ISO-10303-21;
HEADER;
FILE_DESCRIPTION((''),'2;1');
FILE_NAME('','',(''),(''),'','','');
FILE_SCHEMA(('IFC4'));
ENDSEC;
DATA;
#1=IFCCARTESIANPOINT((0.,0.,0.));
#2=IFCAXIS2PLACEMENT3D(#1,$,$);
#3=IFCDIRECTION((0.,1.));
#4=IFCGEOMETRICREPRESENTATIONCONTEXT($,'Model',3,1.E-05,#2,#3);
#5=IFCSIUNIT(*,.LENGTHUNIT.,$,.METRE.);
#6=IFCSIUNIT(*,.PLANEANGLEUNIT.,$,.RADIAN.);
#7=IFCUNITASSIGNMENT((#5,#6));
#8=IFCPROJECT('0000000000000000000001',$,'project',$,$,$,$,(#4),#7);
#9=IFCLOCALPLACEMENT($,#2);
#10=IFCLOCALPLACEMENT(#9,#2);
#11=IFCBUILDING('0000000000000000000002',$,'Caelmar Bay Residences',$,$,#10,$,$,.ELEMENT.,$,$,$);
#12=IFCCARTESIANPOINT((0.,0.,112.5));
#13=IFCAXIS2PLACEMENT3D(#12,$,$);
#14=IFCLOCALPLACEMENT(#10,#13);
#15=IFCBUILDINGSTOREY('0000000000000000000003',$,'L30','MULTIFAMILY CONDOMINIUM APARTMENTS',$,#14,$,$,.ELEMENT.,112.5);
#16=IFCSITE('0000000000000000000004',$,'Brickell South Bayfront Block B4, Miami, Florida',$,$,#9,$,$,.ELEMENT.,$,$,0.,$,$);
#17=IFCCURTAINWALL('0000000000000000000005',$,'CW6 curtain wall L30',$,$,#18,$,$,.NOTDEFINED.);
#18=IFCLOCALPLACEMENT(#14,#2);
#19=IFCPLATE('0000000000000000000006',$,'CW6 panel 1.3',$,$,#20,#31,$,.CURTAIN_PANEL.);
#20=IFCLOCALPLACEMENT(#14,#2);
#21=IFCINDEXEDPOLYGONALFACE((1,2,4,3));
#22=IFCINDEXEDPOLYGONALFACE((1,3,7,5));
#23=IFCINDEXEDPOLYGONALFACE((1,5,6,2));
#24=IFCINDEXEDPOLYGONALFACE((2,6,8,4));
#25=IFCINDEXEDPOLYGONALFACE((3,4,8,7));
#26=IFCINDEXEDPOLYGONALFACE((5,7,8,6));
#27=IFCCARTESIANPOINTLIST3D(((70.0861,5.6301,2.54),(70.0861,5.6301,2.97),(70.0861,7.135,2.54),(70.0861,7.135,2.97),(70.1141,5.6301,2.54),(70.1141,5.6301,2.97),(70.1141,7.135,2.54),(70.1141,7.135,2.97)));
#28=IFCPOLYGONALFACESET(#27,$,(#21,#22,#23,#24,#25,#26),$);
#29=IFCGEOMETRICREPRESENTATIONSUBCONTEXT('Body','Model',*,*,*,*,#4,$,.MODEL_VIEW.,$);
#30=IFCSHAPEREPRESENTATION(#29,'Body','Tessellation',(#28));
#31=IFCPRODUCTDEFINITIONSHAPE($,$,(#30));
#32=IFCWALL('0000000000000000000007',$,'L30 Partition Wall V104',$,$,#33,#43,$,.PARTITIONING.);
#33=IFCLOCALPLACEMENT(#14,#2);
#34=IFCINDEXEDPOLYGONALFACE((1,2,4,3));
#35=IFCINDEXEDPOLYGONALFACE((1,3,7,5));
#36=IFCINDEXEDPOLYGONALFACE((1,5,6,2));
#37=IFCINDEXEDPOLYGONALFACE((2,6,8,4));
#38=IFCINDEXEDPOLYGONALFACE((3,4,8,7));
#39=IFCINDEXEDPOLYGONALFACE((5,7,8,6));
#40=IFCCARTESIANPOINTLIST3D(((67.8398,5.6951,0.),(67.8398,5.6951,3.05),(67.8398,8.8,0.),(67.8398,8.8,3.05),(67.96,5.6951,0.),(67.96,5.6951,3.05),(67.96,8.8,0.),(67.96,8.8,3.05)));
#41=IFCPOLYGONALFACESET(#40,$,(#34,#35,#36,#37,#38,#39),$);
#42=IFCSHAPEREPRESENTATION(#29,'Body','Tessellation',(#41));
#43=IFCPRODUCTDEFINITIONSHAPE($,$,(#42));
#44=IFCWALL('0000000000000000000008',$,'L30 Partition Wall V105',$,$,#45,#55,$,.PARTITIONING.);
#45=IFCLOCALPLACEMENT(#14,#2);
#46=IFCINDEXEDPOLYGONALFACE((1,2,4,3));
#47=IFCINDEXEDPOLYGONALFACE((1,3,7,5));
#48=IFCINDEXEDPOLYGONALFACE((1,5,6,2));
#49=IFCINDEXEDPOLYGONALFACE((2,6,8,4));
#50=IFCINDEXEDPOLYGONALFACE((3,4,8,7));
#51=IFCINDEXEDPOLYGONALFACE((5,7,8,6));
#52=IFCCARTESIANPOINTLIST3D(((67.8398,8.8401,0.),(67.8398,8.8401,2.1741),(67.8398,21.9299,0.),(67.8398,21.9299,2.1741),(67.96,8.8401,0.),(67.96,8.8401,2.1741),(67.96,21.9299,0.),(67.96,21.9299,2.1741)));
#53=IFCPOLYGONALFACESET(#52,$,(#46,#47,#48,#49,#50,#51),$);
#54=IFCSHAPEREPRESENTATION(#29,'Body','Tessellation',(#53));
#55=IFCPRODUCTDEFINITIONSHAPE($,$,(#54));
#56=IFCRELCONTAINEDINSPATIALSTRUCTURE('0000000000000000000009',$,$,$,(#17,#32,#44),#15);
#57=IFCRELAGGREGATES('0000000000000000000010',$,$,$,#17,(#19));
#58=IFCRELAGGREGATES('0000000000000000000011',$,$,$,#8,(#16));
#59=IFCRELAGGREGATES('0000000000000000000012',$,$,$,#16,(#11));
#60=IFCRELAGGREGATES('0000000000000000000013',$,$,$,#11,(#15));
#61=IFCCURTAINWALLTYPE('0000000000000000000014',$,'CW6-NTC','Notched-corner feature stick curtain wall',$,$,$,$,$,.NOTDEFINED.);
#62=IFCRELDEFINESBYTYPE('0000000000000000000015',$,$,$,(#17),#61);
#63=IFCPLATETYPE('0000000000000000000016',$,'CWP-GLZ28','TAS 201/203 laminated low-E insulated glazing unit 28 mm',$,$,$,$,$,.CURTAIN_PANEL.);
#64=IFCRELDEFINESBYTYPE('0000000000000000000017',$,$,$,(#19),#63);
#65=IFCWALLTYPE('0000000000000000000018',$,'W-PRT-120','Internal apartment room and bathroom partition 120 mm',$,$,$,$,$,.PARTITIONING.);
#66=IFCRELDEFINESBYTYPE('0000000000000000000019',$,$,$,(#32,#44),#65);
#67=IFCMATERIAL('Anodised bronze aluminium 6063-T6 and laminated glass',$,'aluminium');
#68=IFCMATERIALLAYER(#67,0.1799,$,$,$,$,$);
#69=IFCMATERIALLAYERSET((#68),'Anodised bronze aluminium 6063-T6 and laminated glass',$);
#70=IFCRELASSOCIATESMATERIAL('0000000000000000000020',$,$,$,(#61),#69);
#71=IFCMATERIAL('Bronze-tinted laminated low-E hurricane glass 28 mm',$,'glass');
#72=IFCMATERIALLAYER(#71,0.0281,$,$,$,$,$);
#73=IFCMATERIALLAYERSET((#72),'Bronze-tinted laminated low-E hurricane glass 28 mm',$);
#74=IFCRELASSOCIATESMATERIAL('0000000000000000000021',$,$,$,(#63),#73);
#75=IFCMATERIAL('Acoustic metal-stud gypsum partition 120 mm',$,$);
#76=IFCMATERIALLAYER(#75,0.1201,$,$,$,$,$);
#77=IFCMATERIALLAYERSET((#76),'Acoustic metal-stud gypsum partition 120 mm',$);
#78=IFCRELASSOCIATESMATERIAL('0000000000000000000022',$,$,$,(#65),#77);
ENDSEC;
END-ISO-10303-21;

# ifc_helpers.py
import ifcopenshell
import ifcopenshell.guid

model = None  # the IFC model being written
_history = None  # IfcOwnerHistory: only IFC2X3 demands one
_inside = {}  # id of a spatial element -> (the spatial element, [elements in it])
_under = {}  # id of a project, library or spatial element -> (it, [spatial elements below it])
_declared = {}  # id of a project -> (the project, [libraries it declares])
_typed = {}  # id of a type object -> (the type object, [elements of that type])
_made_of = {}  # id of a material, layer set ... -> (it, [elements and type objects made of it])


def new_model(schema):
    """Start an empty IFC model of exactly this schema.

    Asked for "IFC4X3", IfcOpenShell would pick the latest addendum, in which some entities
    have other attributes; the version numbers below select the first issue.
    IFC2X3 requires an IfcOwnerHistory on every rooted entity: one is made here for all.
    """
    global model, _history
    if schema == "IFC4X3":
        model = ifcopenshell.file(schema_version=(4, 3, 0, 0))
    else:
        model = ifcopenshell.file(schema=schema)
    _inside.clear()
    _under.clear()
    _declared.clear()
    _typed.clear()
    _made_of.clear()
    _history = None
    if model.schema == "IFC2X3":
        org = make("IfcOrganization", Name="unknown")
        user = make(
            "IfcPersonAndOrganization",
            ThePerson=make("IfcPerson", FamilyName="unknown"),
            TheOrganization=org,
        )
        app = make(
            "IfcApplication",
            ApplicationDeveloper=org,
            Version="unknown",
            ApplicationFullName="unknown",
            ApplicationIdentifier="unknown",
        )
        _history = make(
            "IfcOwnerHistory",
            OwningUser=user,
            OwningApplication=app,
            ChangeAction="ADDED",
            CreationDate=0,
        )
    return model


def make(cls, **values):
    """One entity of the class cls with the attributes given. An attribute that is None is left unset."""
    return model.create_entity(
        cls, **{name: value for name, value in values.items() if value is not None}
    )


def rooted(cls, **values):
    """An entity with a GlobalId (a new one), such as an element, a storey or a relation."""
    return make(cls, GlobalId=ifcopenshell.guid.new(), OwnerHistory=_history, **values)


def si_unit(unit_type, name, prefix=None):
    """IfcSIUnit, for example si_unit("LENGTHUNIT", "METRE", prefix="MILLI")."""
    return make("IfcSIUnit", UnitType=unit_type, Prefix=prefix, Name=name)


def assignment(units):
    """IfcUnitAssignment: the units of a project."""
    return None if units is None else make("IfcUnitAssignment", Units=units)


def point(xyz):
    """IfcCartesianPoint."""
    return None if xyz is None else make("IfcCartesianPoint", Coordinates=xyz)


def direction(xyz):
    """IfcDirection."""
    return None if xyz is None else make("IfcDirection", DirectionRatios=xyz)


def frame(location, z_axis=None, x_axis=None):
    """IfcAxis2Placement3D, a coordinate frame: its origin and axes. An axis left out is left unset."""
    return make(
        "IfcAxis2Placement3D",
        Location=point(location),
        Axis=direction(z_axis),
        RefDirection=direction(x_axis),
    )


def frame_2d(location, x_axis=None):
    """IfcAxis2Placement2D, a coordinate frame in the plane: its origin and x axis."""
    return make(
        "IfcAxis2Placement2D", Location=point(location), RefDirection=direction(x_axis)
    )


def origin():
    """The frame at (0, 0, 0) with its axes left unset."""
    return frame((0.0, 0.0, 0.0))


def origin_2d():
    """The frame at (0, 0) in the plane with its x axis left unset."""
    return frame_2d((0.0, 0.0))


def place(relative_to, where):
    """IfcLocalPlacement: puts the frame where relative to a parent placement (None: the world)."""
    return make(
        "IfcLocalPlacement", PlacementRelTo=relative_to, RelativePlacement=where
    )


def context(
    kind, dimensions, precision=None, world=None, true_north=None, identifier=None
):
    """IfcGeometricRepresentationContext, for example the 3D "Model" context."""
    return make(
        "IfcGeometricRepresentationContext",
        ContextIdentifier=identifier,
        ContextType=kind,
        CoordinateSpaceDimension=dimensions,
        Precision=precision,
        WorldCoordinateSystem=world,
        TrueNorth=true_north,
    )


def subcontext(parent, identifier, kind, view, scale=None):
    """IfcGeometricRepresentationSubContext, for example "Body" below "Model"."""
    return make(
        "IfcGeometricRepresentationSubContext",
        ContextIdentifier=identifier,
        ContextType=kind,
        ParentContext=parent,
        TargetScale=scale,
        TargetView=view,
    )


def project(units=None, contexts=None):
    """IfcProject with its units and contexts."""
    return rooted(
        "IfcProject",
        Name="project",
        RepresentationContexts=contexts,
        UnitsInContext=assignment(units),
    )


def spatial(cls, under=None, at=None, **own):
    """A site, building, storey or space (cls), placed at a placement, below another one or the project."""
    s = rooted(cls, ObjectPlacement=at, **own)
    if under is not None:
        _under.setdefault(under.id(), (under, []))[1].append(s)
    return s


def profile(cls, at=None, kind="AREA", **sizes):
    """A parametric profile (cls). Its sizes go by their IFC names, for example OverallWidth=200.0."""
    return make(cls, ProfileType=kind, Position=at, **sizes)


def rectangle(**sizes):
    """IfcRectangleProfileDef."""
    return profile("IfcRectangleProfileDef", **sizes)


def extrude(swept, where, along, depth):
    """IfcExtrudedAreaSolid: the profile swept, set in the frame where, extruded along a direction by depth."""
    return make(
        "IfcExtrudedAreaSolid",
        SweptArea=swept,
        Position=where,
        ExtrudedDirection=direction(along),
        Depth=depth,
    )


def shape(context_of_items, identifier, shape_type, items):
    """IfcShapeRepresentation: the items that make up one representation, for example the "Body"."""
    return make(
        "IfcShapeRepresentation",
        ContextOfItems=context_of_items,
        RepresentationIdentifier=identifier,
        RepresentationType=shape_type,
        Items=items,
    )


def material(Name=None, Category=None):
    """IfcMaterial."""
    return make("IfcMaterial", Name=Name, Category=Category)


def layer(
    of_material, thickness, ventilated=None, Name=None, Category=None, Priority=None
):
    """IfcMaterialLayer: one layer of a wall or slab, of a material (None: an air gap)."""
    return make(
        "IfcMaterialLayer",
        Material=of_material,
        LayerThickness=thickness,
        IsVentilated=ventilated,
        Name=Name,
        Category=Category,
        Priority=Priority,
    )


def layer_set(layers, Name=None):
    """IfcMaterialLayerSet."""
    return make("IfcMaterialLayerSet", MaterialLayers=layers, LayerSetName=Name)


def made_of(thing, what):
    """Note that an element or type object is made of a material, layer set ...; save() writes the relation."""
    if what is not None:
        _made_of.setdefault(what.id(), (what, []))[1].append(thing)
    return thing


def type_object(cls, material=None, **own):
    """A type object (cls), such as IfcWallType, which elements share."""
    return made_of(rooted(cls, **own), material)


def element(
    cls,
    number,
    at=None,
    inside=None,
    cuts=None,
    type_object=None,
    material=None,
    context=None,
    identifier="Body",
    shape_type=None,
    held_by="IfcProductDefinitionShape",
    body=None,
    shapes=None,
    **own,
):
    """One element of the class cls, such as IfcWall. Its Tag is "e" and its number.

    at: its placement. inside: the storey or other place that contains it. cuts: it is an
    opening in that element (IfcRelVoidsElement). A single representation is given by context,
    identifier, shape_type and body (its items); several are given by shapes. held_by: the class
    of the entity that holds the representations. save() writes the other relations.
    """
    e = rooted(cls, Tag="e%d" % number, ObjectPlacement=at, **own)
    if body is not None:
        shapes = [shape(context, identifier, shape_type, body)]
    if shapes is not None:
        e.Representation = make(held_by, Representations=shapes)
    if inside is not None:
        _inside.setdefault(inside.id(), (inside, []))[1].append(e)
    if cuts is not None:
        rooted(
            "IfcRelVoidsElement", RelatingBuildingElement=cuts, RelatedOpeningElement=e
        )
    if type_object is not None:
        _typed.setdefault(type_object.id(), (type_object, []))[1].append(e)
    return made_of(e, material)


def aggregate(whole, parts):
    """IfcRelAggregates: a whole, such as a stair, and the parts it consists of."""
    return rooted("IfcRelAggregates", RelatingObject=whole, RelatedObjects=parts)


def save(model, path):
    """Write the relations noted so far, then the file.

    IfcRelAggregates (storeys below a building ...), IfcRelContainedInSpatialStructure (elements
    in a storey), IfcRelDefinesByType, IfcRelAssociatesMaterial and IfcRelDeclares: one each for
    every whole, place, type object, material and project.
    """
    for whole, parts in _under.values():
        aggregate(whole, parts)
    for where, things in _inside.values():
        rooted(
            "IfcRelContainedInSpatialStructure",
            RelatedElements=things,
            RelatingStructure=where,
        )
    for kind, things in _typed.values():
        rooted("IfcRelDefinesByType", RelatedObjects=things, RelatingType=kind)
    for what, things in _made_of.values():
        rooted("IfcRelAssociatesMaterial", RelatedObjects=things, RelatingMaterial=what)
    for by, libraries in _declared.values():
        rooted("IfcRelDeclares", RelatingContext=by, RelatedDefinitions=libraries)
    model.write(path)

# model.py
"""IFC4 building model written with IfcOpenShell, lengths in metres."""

from ifc_helpers import new_model, si_unit, direction, frame, frame_2d, origin, origin_2d, place, context, subcontext, project, spatial, rectangle, extrude, material, layer, layer_set, type_object, element, aggregate, save


model = new_model("IFC4")

# Units and contexts
model_context = context("Model", 3, precision=1e-05, world=origin(), true_north=direction((0.0, 1.0)))
body_context = subcontext(model_context, "Body", "Model", "MODEL_VIEW")
ifc_project = project(units=[si_unit("LENGTHUNIT", "METRE"), si_unit("PLANEANGLEUNIT", "RADIAN")], contexts=[model_context])

# Site, building, storey
site_placement = place(None, origin())
site = spatial("IfcSite", under=ifc_project, at=site_placement, Name="Brickell South Bayfront Block B4, Miami, Florida", CompositionType="ELEMENT", RefElevation=0.0)
building_placement = place(site_placement, origin())
building = spatial("IfcBuilding", under=site, at=building_placement, Name="Caelmar Bay Residences", CompositionType="ELEMENT")
storey_placement = place(building_placement, frame((0.0, 0.0, 112.5)))
storey = spatial("IfcBuildingStorey", under=building, at=storey_placement, Name="L30", Description="MULTIFAMILY CONDOMINIUM APARTMENTS", CompositionType="ELEMENT", Elevation=112.5)

# Curtain wall, plate
ifc_material_1 = material(Name="Anodised bronze aluminium 6063-T6 and laminated glass", Category="aluminium")
ifc_layer_1 = layer(ifc_material_1, 0.1799)
ifc_layer_set_1 = layer_set([ifc_layer_1], Name="Anodised bronze aluminium 6063-T6 and laminated glass")
curtain_wall_type = type_object("IfcCurtainWallType", Name="CW6-NTC", Description="Notched-corner feature stick curtain wall", PredefinedType="NOTDEFINED", material=ifc_layer_set_1)
curtain_wall_placement = place(storey_placement, origin())
curtain_wall = element("IfcCurtainWall", 1, at=curtain_wall_placement, inside=storey, type_object=curtain_wall_type, Name="CW6 curtain wall L30", PredefinedType="NOTDEFINED")
ifc_material_2 = material(Name="Bronze-tinted laminated low-E hurricane glass 28 mm", Category="glass")
ifc_layer_2 = layer(ifc_material_2, 0.0281)
ifc_layer_set_2 = layer_set([ifc_layer_2], Name="Bronze-tinted laminated low-E hurricane glass 28 mm")
plate_type = type_object("IfcPlateType", Name="CWP-GLZ28", Description="TAS 201/203 laminated low-E insulated glazing unit 28 mm", PredefinedType="CURTAIN_PANEL", material=ifc_layer_set_2)
plate_1_placement = place(storey_placement, frame((70.1001, 6.3826, 2.54), z_axis=(0.0, 0.0, 1.0), x_axis=(0.0, 1.0, 0.0)))
plate_1 = element("IfcPlate", 2, at=plate_1_placement, type_object=plate_type, Name="CW6 panel 1.3", PredefinedType="CURTAIN_PANEL", context=body_context, shape_type="SweptSolid", body=[
    extrude(rectangle(XDim=1.5049, YDim=0.0281, at=origin_2d()), origin(), (0.0, 0.0, 1.0), 0.4299),
])
aggregate(curtain_wall, [plate_1])

# Walls
ifc_material_3 = material(Name="Acoustic metal-stud gypsum partition 120 mm")
ifc_layer_3 = layer(ifc_material_3, 0.1201)
ifc_layer_set_3 = layer_set([ifc_layer_3], Name="Acoustic metal-stud gypsum partition 120 mm")
wall_type_1 = type_object("IfcWallType", Name="W-PRT-120", Description="Internal apartment room and bathroom partition 120 mm", PredefinedType="PARTITIONING", material=ifc_layer_set_3)
wall_1_placement = place(storey_placement, frame((67.8999, 5.6951, 0.0), z_axis=(0.0, 0.0, 1.0), x_axis=(0.0, 1.0, 0.0)))
element("IfcWall", 3, at=wall_1_placement, inside=storey, type_object=wall_type_1, Name="L30 Partition Wall V104", PredefinedType="PARTITIONING", context=body_context, shape_type="SweptSolid", body=[
    extrude(rectangle(XDim=3.105, YDim=0.1201, at=frame_2d((1.5525, 0.0))), origin(), (0.0, 0.0, 1.0), 3.05),
])
wall_2_placement = place(storey_placement, frame((67.8999, 8.8401, 0.0), z_axis=(0.0, 0.0, 1.0), x_axis=(0.0, 1.0, 0.0)))
element("IfcWall", 4, at=wall_2_placement, inside=storey, type_object=wall_type_1, Name="L30 Partition Wall V105", PredefinedType="PARTITIONING", context=body_context, shape_type="SweptSolid", body=[
    extrude(rectangle(XDim=13.0898, YDim=0.1201, at=frame_2d((6.5449, 0.0))), origin(), (0.0, 0.0, 1.0), 2.1741),
])

save(model, "model.ifc")
